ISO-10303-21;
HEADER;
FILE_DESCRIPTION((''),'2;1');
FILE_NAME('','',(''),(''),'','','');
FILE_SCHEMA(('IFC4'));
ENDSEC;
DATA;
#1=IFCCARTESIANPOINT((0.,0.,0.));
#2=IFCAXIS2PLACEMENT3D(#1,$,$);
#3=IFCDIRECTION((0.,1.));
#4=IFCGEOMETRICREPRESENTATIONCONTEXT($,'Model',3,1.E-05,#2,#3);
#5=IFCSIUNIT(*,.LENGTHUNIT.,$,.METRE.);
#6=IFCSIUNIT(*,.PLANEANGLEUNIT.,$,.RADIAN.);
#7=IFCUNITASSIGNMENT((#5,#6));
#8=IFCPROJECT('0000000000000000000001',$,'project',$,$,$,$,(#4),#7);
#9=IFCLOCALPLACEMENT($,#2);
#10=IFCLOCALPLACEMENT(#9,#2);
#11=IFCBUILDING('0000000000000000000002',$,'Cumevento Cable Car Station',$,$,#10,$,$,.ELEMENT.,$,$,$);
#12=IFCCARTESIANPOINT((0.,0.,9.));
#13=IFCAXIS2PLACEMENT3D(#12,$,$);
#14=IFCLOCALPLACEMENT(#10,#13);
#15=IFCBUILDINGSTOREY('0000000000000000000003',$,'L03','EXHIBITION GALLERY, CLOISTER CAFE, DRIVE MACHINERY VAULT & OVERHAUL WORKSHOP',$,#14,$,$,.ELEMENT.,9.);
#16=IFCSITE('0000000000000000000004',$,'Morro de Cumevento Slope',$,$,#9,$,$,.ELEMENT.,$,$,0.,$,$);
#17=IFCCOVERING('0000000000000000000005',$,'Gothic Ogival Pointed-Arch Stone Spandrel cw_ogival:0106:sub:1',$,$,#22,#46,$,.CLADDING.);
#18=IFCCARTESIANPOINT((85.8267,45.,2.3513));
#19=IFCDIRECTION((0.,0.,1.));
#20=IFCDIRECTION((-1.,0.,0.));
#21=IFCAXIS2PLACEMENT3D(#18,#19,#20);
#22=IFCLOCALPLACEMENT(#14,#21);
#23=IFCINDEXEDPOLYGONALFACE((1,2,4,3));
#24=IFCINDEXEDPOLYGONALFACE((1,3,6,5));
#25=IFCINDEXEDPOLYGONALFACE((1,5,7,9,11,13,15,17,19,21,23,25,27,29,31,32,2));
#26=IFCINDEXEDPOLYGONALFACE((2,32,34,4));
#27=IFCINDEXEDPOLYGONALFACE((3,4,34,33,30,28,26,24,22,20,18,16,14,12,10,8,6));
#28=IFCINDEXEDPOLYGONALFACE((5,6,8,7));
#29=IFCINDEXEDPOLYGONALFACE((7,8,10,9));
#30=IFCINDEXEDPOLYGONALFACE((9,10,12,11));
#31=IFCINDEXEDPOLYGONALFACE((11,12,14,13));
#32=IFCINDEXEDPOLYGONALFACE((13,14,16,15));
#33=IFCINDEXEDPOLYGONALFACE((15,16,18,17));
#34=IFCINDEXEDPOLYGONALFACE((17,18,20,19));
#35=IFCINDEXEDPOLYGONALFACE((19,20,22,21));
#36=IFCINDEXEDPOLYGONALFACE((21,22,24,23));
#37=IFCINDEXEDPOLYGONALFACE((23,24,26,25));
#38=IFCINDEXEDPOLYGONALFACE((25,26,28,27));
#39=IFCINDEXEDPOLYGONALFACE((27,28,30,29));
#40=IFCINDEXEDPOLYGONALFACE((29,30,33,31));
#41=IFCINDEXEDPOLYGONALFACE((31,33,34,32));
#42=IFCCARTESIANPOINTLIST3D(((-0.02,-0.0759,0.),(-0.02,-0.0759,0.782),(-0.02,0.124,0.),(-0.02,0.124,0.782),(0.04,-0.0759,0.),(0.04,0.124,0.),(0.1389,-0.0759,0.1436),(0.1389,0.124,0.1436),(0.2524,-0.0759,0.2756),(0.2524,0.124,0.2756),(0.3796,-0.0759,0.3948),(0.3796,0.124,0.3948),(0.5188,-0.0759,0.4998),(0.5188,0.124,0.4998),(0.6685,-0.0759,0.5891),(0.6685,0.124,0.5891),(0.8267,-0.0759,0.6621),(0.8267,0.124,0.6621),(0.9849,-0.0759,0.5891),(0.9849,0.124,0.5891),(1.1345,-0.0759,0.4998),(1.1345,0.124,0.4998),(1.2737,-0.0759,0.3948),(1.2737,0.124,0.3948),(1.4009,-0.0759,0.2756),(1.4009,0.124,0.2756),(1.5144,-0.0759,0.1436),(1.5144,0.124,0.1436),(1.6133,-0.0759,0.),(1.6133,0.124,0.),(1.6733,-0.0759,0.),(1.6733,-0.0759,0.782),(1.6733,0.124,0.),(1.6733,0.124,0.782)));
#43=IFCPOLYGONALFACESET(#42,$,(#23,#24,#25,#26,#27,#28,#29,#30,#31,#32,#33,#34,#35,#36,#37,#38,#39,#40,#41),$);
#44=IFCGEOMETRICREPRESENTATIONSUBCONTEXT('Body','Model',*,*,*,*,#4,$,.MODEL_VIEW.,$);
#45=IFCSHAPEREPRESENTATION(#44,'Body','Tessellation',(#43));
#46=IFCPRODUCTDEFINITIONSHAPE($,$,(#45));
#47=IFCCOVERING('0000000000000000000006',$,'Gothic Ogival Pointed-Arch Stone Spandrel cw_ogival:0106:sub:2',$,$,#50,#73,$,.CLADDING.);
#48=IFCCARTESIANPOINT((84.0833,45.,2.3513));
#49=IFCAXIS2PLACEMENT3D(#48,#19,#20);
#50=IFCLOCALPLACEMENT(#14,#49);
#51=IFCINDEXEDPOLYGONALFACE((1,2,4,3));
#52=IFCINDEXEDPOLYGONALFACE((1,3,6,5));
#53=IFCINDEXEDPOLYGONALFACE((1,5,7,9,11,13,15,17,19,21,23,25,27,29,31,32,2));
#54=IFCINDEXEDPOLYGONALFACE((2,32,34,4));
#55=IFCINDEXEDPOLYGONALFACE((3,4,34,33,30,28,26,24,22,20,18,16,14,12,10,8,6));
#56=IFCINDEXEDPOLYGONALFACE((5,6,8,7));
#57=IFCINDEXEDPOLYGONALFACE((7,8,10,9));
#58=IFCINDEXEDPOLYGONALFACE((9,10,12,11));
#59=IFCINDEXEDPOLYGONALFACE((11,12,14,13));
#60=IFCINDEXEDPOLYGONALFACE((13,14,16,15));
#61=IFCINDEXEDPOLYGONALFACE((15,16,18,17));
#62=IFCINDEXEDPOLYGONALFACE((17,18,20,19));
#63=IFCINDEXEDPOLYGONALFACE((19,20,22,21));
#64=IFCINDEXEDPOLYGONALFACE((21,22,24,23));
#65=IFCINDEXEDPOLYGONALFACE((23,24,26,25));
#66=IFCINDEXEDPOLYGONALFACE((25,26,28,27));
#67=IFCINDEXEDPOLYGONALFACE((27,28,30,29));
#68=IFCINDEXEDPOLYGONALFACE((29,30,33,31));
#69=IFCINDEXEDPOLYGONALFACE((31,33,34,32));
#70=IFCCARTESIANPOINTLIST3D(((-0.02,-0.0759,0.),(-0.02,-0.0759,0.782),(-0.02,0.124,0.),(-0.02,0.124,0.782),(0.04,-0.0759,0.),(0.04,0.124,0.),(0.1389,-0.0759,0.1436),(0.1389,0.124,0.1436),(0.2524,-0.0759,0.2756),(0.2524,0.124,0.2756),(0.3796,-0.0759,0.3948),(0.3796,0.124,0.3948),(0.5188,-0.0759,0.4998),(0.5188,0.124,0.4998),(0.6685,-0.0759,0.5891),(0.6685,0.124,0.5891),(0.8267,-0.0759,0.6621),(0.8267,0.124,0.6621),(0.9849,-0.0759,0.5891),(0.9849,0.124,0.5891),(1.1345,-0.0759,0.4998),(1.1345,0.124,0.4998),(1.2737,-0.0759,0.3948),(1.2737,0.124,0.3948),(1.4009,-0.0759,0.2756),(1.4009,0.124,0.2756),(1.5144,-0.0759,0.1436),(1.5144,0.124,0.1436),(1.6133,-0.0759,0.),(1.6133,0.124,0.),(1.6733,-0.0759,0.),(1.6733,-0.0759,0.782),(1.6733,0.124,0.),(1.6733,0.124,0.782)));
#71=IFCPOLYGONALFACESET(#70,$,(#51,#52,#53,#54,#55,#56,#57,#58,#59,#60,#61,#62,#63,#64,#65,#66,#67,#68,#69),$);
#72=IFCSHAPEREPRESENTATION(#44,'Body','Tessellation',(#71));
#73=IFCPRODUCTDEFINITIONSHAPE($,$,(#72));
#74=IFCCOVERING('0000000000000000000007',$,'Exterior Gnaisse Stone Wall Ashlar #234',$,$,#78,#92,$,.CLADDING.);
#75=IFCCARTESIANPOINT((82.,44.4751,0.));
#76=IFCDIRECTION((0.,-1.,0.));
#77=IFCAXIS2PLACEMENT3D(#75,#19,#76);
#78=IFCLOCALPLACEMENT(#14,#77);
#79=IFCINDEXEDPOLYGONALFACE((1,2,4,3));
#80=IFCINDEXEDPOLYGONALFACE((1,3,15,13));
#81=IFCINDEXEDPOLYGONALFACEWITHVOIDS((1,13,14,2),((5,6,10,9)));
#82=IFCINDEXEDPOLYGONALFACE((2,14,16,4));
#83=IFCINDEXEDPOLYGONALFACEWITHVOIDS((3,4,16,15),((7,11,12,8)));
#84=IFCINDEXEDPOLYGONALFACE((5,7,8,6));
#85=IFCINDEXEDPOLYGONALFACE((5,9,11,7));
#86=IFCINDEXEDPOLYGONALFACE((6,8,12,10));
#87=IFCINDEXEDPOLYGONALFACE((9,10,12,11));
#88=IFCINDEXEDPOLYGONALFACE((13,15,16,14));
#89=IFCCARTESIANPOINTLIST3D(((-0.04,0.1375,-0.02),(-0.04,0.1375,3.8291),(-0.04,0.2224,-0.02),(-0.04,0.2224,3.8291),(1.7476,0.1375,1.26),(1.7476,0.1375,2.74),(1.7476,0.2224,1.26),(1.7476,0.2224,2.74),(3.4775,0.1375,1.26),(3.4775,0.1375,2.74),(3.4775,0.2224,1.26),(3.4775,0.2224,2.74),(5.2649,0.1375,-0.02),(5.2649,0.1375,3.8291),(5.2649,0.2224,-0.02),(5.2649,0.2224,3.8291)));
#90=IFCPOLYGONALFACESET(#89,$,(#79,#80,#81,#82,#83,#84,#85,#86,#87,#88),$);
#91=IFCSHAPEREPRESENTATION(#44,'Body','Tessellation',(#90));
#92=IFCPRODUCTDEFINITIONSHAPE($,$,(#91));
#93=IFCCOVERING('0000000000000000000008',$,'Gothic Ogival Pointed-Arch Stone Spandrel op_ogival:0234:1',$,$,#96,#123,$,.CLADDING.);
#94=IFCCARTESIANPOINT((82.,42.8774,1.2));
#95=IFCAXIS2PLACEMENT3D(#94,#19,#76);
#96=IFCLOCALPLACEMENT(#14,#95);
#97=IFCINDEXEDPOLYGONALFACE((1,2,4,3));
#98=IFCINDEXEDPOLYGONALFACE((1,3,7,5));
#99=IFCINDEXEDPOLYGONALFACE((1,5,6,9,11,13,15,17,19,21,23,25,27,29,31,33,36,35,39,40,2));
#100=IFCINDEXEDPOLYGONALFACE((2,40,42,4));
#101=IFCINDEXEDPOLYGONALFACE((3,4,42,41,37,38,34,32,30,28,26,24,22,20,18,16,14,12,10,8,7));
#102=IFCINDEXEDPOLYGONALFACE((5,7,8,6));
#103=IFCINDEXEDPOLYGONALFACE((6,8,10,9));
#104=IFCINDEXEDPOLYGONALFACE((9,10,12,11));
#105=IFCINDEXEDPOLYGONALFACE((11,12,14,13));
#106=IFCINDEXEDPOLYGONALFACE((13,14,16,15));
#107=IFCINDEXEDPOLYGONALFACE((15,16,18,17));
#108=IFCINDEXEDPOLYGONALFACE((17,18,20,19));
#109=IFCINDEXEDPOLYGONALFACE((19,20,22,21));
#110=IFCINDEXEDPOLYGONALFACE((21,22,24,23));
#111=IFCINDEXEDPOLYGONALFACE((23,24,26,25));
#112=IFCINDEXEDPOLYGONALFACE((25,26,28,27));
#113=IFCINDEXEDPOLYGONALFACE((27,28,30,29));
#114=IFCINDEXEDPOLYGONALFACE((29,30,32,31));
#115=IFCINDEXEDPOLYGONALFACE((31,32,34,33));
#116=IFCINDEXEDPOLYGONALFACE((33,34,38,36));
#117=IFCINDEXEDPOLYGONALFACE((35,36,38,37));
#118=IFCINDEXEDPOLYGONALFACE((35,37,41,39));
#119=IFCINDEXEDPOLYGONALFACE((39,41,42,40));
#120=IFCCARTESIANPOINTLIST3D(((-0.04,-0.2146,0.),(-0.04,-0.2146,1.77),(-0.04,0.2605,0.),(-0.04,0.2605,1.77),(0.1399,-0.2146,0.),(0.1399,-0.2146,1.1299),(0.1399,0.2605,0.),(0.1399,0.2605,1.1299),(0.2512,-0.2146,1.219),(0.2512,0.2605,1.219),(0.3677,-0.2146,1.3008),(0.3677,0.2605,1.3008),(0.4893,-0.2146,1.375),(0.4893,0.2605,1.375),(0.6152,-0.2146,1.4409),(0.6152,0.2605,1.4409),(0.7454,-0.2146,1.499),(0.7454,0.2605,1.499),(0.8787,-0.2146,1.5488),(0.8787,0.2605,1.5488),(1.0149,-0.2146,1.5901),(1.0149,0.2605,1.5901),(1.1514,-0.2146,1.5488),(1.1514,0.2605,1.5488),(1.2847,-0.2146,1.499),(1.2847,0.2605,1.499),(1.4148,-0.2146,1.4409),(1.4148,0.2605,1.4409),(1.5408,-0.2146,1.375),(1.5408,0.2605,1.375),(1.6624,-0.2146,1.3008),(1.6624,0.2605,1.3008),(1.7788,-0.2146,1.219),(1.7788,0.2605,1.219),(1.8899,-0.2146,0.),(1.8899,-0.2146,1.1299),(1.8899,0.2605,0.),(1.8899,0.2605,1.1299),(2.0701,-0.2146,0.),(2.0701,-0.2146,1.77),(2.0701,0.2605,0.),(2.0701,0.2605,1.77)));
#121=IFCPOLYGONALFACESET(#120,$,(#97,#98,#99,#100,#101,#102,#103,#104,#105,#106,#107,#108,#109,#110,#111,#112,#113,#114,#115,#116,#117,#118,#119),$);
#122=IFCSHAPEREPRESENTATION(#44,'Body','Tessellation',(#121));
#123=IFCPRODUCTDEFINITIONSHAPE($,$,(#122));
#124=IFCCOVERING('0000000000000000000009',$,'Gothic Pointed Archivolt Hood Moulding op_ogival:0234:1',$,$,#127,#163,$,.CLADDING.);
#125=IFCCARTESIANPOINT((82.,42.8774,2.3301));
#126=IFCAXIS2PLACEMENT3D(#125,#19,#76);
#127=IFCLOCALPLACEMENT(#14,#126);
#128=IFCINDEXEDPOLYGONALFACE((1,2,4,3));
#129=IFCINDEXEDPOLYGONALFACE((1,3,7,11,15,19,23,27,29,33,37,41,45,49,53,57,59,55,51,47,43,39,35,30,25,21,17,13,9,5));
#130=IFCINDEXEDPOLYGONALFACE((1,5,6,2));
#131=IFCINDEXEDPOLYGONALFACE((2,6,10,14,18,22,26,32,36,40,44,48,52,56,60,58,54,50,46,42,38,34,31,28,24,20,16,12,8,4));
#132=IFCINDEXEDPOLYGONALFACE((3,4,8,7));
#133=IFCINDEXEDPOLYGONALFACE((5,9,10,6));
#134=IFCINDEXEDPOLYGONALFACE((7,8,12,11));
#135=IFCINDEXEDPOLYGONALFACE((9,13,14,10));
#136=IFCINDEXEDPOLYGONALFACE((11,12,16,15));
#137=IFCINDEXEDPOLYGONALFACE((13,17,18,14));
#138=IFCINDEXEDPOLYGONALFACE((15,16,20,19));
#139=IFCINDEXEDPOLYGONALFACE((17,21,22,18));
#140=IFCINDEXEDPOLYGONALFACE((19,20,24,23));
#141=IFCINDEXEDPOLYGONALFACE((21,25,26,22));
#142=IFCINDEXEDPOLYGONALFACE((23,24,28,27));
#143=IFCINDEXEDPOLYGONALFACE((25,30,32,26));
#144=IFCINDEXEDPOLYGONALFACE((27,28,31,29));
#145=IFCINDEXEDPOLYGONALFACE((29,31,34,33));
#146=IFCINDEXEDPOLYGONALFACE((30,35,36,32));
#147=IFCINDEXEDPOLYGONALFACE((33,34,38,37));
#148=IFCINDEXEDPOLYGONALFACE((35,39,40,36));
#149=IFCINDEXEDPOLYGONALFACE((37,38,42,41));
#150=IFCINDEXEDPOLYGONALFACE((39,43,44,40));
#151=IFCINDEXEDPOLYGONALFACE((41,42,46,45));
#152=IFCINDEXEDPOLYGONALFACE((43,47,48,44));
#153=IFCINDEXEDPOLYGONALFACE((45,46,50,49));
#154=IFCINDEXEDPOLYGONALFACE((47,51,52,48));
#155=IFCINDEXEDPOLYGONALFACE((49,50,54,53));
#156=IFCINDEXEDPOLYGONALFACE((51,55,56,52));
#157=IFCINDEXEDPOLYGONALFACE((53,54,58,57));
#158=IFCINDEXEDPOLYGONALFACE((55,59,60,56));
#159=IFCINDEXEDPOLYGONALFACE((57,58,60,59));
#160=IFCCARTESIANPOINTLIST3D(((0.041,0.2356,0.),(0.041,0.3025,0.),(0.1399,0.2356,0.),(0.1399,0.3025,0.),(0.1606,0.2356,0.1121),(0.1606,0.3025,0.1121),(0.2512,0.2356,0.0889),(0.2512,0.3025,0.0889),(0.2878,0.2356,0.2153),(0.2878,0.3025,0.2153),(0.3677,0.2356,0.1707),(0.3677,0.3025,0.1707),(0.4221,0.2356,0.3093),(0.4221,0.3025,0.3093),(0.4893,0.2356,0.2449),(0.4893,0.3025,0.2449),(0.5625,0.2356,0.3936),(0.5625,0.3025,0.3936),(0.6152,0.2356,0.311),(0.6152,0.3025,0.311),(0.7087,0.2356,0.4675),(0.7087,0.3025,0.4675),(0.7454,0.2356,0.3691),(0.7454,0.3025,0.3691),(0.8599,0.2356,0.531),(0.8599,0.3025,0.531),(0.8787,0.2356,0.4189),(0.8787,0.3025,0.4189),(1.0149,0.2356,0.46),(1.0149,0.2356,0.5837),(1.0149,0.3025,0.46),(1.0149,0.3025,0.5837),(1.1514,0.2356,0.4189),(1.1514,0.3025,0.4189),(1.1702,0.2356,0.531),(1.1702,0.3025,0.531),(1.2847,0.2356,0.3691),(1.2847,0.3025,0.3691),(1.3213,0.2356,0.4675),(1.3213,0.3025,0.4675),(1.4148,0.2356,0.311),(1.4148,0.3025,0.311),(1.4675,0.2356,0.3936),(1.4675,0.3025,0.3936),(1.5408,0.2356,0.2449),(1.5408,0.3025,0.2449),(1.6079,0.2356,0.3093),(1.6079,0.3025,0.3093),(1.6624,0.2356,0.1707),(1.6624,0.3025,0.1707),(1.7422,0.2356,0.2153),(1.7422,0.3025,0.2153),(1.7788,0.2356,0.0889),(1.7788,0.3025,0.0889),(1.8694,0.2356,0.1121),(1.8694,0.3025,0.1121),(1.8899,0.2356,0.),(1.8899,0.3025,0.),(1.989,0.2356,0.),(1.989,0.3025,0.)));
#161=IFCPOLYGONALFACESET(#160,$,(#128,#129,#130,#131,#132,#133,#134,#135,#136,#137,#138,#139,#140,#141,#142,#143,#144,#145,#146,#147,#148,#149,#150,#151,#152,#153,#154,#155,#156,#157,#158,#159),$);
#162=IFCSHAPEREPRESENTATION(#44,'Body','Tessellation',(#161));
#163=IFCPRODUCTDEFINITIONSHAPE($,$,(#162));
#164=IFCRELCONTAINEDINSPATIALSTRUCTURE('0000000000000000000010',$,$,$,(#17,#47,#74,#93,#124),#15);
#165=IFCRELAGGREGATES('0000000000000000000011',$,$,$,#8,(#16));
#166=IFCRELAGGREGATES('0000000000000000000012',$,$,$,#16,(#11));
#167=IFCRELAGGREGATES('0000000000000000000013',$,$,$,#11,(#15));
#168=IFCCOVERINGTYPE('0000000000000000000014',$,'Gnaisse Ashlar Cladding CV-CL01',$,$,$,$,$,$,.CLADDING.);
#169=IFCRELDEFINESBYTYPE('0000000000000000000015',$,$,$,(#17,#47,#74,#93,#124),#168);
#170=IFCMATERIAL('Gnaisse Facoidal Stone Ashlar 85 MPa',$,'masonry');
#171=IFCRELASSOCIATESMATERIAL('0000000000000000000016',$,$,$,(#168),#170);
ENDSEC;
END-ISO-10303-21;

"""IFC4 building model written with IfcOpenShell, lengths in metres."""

from ifc_helpers import new_model, si_unit, direction, frame, origin, place, context, subcontext, project, spatial, polyline, outline, extrude, material, type_object, element, save


model = new_model("IFC4")

# Units and contexts
model_context = context("Model", 3, precision=1e-05, world=origin(), true_north=direction((0.0, 1.0)))
body_context = subcontext(model_context, "Body", "Model", "MODEL_VIEW")
ifc_project = project(units=[si_unit("LENGTHUNIT", "METRE"), si_unit("PLANEANGLEUNIT", "RADIAN")], contexts=[model_context])

# Site, building, storey
site_placement = place(None, origin())
site = spatial("IfcSite", under=ifc_project, at=site_placement, Name="Morro de Cumevento Slope", CompositionType="ELEMENT", RefElevation=0.0)
building_placement = place(site_placement, origin())
building = spatial("IfcBuilding", under=site, at=building_placement, Name="Cumevento Cable Car Station", CompositionType="ELEMENT")
storey_placement = place(building_placement, frame((0.0, 0.0, 9.0)))
storey = spatial("IfcBuildingStorey", under=building, at=storey_placement, Name="L03", Description="EXHIBITION GALLERY, CLOISTER CAFE, DRIVE MACHINERY VAULT & OVERHAUL WORKSHOP", CompositionType="ELEMENT", Elevation=9.0)

# Coverings
ifc_material_1 = material(Name="Gnaisse Facoidal Stone Ashlar 85 MPa", Category="masonry")
covering_type = type_object("IfcCoveringType", Name="Gnaisse Ashlar Cladding CV-CL01", PredefinedType="CLADDING", material=ifc_material_1)
for number, where, z_axis, x_axis, name in (
    (1, (85.8267, 45.0, 2.3513), (0.0, 0.0, 1.0), (-1.0, 0.0, 0.0), "Gothic Ogival Pointed-Arch Stone Spandrel cw_ogival:0106:sub:1"),
    (2, (84.0833, 45.0, 2.3513), (0.0, 0.0, 1.0), (-1.0, 0.0, 0.0), "Gothic Ogival Pointed-Arch Stone Spandrel cw_ogival:0106:sub:2"),
):
    element("IfcCovering", number, at=place(storey_placement, frame(where, z_axis=z_axis, x_axis=x_axis)), inside=storey, type_object=covering_type, Name=name, PredefinedType="CLADDING", context=body_context, shape_type="SweptSolid", body=[
        extrude(outline(polyline([(-0.02, 0.0), (-0.02, 0.782), (1.6733, 0.782), (1.6733, 0.0), (1.6133, 0.0), (1.5144, 0.1436), (1.4009, 0.2756), (1.2737, 0.3948), (1.1345, 0.4998), (0.9849, 0.5891), (0.8267, 0.6621), (0.6685, 0.5891), (0.5188, 0.4998), (0.3796, 0.3948), (0.2524, 0.2756), (0.1389, 0.1436), (0.04, 0.0), (-0.02, 0.0)])), frame((0.0, 0.124, 0.0), z_axis=(0.0, -1.0, 0.0), x_axis=(1.0, 0.0, 0.0)), (0.0, 0.0, 1.0), 0.2),
    ])
covering_1_placement = place(storey_placement, frame((82.0, 44.4751, 0.0), z_axis=(0.0, 0.0, 1.0), x_axis=(0.0, -1.0, 0.0)))
element("IfcCovering", 3, at=covering_1_placement, inside=storey, type_object=covering_type, Name="Exterior Gnaisse Stone Wall Ashlar #234", PredefinedType="CLADDING", context=body_context, shape_type="SweptSolid", body=[
    extrude(outline(polyline([(-0.04, -0.02), (5.2649, -0.02), (5.2649, 3.8291), (-0.04, 3.8291), (-0.04, -0.02)]), holes=[polyline([(1.7476, 1.26), (3.4775, 1.26), (3.4775, 2.74), (1.7476, 2.74), (1.7476, 1.26)])]), frame((0.0, 0.2224, 0.0), z_axis=(0.0, -1.0, 0.0), x_axis=(1.0, 0.0, 0.0)), (0.0, 0.0, 1.0), 0.085),
])
covering_2_placement = place(storey_placement, frame((82.0, 42.8774, 1.2), z_axis=(0.0, 0.0, 1.0), x_axis=(0.0, -1.0, 0.0)))
element("IfcCovering", 4, at=covering_2_placement, inside=storey, type_object=covering_type, Name="Gothic Ogival Pointed-Arch Stone Spandrel op_ogival:0234:1", PredefinedType="CLADDING", context=body_context, shape_type="SweptSolid", body=[
    extrude(outline(polyline([(-0.04, 0.0), (-0.04, 1.77), (2.0701, 1.77), (2.0701, 0.0), (1.8899, 0.0), (1.8899, 1.1299), (1.7788, 1.219), (1.6624, 1.3008), (1.5408, 1.375), (1.4148, 1.4409), (1.2847, 1.499), (1.1514, 1.5488), (1.0149, 1.5901), (0.8787, 1.5488), (0.7454, 1.499), (0.6152, 1.4409), (0.4893, 1.375), (0.3677, 1.3008), (0.2512, 1.219), (0.1399, 1.1299), (0.1399, 0.0), (-0.04, 0.0)])), frame((0.0, 0.2605, 0.0), z_axis=(0.0, -1.0, 0.0), x_axis=(1.0, 0.0, 0.0)), (0.0, 0.0, 1.0), 0.4751),
])
covering_3_placement = place(storey_placement, frame((82.0, 42.8774, 2.3301), z_axis=(0.0, 0.0, 1.0), x_axis=(0.0, -1.0, 0.0)))
element("IfcCovering", 5, at=covering_3_placement, inside=storey, type_object=covering_type, Name="Gothic Pointed Archivolt Hood Moulding op_ogival:0234:1", PredefinedType="CLADDING", context=body_context, shape_type="SweptSolid", body=[
    extrude(outline(polyline([(0.1399, 0.0), (0.2512, 0.0889), (0.3677, 0.1707), (0.4893, 0.2449), (0.6152, 0.311), (0.7454, 0.3691), (0.8787, 0.4189), (1.0149, 0.46), (1.1514, 0.4189), (1.2847, 0.3691), (1.4148, 0.311), (1.5408, 0.2449), (1.6624, 0.1707), (1.7788, 0.0889), (1.8899, 0.0), (1.989, 0.0), (1.8694, 0.1121), (1.7422, 0.2153), (1.6079, 0.3093), (1.4675, 0.3936), (1.3213, 0.4675), (1.1702, 0.531), (1.0149, 0.5837), (0.8599, 0.531), (0.7087, 0.4675), (0.5625, 0.3936), (0.4221, 0.3093), (0.2878, 0.2153), (0.1606, 0.1121), (0.041, 0.0), (0.1399, 0.0)])), frame((0.0, 0.3025, 0.0), z_axis=(0.0, -1.0, 0.0), x_axis=(1.0, 0.0, 0.0)), (0.0, 0.0, 1.0), 0.0669),
])

save(model, "model.ifc")
